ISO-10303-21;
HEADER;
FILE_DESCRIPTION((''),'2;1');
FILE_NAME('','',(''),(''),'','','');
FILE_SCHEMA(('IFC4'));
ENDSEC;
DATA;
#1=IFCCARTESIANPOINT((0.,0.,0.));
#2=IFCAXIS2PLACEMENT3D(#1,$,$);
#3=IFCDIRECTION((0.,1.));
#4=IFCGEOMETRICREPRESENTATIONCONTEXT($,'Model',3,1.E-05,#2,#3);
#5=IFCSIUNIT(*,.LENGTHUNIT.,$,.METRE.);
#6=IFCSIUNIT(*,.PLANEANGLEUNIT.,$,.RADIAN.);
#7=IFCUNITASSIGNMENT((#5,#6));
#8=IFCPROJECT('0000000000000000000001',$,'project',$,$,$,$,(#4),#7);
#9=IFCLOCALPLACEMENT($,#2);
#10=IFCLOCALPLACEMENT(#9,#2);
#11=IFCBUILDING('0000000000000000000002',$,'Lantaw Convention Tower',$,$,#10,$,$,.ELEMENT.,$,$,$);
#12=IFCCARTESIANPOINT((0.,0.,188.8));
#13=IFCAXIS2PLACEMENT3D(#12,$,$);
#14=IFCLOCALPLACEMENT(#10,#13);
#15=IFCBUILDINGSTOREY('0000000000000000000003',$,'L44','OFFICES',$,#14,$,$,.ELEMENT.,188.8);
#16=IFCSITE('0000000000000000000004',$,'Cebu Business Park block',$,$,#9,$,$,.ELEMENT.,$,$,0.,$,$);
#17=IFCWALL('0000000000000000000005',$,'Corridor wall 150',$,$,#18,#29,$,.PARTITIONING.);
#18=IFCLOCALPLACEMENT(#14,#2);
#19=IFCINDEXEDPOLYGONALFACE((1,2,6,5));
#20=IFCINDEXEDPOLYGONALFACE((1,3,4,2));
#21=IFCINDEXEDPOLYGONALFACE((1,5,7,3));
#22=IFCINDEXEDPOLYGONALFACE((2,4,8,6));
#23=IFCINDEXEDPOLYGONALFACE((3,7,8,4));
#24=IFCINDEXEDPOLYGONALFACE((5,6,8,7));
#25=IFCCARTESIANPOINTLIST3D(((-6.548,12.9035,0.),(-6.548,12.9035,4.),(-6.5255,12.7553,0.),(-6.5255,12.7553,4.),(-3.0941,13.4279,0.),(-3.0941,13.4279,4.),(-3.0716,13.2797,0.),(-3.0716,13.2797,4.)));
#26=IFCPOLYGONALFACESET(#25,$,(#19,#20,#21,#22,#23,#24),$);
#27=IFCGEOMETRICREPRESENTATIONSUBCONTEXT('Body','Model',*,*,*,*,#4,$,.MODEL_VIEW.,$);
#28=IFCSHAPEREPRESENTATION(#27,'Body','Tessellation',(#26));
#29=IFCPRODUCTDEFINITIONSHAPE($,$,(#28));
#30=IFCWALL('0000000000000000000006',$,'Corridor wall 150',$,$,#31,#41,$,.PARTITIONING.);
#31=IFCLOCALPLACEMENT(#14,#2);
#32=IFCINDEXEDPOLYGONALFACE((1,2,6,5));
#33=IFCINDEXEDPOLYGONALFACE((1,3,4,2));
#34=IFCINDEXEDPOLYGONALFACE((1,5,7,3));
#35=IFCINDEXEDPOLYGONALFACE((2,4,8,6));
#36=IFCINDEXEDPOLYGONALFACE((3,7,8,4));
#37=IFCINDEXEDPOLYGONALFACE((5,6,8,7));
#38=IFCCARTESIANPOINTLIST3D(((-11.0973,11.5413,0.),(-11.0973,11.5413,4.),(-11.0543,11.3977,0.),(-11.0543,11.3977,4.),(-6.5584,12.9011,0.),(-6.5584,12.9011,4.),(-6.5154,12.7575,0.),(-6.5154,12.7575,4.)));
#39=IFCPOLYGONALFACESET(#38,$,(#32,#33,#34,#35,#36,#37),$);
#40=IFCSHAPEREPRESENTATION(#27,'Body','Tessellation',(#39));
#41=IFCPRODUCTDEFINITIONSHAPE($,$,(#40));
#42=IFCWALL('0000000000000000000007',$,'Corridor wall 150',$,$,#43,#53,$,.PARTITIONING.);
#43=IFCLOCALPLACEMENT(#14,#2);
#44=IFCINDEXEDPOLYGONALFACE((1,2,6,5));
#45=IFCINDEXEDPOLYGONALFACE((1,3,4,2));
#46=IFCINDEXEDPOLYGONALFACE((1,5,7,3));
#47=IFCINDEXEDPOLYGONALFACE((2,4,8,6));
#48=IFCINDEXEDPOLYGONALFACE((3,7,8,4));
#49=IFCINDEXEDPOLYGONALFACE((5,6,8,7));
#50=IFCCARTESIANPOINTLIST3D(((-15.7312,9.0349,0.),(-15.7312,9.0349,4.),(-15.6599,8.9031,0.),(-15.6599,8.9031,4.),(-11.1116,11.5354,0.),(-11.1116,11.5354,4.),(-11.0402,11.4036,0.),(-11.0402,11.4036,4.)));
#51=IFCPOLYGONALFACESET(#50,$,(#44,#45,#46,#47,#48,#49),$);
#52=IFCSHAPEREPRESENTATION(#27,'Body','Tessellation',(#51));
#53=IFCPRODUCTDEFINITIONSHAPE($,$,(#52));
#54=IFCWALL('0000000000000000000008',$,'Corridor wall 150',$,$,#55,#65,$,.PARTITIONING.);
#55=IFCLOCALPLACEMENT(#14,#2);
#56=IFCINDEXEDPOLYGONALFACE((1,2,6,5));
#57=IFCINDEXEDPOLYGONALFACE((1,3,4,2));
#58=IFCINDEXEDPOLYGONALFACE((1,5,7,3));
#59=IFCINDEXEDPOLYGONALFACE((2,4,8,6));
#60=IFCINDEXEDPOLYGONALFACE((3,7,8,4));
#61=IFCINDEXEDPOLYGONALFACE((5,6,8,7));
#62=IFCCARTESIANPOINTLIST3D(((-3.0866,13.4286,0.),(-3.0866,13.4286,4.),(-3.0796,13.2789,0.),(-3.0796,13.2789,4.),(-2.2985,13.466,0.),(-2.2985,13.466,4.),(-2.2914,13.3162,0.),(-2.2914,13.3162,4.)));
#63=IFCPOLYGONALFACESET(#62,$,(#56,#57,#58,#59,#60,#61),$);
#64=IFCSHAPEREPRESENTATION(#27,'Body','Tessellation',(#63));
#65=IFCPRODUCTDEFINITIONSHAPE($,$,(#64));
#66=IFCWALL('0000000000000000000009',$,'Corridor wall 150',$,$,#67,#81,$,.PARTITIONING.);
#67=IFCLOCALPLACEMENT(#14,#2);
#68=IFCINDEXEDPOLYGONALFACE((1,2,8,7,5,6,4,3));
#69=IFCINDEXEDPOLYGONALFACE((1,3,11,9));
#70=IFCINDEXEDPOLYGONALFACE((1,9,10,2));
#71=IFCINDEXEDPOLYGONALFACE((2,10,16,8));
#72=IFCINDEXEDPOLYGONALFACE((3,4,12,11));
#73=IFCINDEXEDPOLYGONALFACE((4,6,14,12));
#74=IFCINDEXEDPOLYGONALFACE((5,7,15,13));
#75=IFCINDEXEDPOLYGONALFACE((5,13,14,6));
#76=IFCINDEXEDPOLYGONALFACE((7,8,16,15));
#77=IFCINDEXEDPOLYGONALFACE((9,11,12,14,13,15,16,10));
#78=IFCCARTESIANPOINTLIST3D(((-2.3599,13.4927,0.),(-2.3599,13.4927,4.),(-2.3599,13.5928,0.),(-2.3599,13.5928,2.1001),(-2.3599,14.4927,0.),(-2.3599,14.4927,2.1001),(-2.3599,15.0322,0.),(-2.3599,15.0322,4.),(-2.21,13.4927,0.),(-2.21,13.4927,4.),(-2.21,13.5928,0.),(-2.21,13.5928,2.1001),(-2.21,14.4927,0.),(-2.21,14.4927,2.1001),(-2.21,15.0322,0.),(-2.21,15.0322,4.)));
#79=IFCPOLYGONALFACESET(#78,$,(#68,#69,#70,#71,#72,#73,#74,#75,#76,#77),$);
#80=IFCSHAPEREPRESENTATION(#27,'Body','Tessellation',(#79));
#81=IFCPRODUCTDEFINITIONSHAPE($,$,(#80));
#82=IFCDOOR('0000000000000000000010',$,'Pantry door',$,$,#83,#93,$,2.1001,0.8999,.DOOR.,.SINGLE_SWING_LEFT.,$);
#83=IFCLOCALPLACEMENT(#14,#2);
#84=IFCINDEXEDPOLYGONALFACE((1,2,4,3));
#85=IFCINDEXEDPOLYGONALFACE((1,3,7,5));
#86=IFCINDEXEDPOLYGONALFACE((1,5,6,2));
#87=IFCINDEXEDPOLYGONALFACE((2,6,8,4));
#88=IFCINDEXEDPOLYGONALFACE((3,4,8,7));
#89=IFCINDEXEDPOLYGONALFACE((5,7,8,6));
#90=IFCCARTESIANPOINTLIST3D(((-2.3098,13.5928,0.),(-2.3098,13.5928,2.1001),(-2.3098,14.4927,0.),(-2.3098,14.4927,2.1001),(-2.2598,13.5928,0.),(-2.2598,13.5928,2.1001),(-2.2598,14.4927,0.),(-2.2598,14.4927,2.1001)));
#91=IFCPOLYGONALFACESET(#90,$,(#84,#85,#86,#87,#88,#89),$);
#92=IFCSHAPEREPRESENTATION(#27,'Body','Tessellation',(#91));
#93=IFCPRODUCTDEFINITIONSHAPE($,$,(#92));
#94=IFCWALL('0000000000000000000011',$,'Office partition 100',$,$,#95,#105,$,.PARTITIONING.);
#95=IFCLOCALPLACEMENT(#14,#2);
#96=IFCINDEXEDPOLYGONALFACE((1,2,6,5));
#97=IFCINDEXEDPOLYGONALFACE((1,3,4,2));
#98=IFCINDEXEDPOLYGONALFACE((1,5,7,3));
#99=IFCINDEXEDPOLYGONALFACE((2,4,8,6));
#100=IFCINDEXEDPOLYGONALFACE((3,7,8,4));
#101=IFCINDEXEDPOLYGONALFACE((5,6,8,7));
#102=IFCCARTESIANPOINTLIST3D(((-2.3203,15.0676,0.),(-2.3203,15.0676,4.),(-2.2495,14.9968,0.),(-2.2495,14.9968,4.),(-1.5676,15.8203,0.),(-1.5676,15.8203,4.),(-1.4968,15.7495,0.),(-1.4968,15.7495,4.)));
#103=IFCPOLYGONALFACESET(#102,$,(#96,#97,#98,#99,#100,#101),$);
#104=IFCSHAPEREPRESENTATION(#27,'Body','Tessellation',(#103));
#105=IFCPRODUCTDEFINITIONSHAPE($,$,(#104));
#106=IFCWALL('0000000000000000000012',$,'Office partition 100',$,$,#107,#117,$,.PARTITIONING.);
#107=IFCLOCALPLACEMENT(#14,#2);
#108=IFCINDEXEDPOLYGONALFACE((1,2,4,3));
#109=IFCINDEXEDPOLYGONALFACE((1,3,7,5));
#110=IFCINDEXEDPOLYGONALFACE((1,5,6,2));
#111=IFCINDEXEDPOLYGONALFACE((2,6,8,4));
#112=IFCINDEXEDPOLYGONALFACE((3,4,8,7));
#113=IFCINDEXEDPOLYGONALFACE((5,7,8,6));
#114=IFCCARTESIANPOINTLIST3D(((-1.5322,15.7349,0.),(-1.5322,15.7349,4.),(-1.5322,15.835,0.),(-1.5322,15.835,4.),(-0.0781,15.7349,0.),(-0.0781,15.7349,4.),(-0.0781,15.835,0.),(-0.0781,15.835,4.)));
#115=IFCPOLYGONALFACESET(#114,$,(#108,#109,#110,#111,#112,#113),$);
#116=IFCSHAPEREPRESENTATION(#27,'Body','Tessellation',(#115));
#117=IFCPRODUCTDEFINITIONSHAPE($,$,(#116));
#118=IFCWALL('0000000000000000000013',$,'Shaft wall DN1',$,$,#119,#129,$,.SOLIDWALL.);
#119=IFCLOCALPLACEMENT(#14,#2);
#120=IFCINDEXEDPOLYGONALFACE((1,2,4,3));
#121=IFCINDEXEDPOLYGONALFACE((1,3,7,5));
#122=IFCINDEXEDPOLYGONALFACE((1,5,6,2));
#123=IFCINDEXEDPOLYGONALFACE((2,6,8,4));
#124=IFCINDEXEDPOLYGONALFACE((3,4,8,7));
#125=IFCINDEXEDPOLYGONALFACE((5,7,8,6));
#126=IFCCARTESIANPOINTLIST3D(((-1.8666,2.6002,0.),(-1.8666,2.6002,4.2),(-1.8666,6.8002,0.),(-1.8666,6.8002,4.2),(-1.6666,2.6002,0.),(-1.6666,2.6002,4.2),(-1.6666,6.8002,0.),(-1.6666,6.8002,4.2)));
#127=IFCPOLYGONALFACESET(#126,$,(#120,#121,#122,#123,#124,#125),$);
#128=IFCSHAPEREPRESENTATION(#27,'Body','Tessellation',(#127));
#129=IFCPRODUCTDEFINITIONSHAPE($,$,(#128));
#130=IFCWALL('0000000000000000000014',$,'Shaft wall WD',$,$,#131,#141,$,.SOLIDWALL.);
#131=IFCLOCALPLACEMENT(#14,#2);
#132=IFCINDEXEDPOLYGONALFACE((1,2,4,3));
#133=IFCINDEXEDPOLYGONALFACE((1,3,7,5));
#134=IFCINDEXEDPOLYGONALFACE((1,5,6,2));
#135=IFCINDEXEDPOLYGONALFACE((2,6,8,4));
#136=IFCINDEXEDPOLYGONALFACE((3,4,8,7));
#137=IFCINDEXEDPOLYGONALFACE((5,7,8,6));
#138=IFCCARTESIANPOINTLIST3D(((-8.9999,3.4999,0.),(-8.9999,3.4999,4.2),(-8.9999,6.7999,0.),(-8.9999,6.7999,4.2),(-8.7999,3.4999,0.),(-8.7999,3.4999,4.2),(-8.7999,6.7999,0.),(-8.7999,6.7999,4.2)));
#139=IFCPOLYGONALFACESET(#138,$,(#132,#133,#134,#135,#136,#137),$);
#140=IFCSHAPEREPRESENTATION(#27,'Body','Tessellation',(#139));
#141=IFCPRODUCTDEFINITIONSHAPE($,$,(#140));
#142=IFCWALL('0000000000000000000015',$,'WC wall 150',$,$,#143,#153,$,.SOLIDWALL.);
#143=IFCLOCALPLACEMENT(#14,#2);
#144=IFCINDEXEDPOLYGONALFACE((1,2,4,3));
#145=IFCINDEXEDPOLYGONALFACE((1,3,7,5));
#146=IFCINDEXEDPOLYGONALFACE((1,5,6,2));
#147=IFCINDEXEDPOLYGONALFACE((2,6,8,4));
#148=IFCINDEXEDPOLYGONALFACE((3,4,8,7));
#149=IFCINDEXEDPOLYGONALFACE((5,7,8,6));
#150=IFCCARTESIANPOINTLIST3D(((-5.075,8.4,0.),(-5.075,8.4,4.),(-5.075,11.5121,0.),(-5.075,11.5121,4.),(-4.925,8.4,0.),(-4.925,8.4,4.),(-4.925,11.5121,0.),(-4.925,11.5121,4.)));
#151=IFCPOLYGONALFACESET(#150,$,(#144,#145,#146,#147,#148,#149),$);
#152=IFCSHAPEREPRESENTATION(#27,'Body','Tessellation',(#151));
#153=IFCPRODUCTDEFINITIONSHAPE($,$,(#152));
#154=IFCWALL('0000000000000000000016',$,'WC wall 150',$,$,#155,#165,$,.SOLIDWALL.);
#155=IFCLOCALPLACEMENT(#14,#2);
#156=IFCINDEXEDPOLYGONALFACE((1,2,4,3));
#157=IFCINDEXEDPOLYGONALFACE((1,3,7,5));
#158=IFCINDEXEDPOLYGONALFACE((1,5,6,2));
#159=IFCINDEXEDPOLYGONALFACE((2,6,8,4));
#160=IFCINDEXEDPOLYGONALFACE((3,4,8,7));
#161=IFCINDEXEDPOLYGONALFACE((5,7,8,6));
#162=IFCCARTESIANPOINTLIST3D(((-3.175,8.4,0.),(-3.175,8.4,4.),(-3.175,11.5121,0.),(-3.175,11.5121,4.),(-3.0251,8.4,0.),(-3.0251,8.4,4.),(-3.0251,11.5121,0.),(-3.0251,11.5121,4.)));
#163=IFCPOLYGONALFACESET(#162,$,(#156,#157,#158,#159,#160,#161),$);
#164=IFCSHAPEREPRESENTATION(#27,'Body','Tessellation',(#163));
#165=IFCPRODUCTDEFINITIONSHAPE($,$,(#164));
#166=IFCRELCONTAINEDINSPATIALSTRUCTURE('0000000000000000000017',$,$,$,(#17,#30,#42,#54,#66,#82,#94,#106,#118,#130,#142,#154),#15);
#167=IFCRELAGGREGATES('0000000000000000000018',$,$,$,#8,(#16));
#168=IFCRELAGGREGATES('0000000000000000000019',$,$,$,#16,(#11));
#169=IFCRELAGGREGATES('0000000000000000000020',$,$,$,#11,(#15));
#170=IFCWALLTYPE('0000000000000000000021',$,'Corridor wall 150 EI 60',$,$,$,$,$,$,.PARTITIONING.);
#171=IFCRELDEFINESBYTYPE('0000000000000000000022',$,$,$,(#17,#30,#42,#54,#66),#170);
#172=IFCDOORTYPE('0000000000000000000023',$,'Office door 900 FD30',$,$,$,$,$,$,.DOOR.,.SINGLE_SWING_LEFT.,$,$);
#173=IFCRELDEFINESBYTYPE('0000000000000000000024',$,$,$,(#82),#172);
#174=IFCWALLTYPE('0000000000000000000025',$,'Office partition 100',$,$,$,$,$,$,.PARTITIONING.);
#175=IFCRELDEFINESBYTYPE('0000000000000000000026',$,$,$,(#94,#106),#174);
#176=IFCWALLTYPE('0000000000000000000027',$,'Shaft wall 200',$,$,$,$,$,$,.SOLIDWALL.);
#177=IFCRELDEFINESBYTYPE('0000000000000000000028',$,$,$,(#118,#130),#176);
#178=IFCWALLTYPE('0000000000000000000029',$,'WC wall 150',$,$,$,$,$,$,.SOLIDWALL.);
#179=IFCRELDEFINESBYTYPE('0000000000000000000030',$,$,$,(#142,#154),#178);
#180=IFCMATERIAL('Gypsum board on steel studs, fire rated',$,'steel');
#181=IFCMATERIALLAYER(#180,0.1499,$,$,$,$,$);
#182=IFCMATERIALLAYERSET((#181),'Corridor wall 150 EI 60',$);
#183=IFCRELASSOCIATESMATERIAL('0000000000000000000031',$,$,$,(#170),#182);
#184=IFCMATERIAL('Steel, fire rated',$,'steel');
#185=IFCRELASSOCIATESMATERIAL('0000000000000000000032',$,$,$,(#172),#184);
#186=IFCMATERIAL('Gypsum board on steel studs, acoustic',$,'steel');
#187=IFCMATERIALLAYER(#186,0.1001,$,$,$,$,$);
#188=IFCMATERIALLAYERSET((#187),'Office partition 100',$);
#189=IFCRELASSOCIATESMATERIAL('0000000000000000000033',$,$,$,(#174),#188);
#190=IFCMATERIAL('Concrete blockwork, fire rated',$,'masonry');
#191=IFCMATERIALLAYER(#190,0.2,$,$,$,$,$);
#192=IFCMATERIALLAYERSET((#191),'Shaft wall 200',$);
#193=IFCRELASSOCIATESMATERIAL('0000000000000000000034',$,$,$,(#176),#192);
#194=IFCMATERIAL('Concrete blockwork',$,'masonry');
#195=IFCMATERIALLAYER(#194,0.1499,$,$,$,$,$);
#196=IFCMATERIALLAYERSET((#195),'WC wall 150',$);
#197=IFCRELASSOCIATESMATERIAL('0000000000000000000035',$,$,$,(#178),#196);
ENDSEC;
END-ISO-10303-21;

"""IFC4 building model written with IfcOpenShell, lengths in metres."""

from ifc_helpers import new_model, si_unit, direction, frame, frame_2d, origin, place, context, subcontext, project, spatial, rectangle, extrude, material, layer, layer_set, type_object, element, fill, save


model = new_model("IFC4")

# Units and contexts
model_context = context("Model", 3, precision=1e-05, world=origin(), true_north=direction((0.0, 1.0)))
body_context = subcontext(model_context, "Body", "Model", "MODEL_VIEW")
ifc_project = project(units=[si_unit("LENGTHUNIT", "METRE"), si_unit("PLANEANGLEUNIT", "RADIAN")], contexts=[model_context])

# Site, building, storey
site_placement = place(None, origin())
site = spatial("IfcSite", under=ifc_project, at=site_placement, Name="Cebu Business Park block", CompositionType="ELEMENT", RefElevation=0.0)
building_placement = place(site_placement, origin())
building = spatial("IfcBuilding", under=site, at=building_placement, Name="Lantaw Convention Tower", CompositionType="ELEMENT")
storey_placement = place(building_placement, frame((0.0, 0.0, 188.8)))
storey = spatial("IfcBuildingStorey", under=building, at=storey_placement, Name="L44", Description="OFFICES", CompositionType="ELEMENT", Elevation=188.8)

# Shared definitions
ifc_material_1 = material(Name="Steel, fire rated", Category="steel")

# Walls
ifc_material_2 = material(Name="Gypsum board on steel studs, fire rated", Category="steel")
ifc_layer_1 = layer(ifc_material_2, 0.1499)
ifc_layer_set_1 = layer_set([ifc_layer_1], Name="Corridor wall 150 EI 60")
wall_type_1 = type_object("IfcWallType", Name="Corridor wall 150 EI 60", PredefinedType="PARTITIONING", material=ifc_layer_set_1)
wall_1_placement = place(storey_placement, frame((-3.083, 13.3538, 0.0), z_axis=(0.0, 0.0, 1.0), x_axis=(-0.988669, -0.150114, 0.0)))
element("IfcWall", 1, at=wall_1_placement, inside=storey, type_object=wall_type_1, Name="Corridor wall 150", PredefinedType="PARTITIONING", context=body_context, shape_type="SweptSolid", body=[
    extrude(rectangle(XDim=3.4934, YDim=0.1499, at=frame_2d((1.7466, 0.0))), origin(), (0.0, 0.0, 1.0), 4.0),
])
wall_2_placement = place(storey_placement, frame((-6.5369, 12.8293, 0.0), z_axis=(0.0, 0.0, 1.0), x_axis=(-0.957934, -0.286989, 0.0)))
element("IfcWall", 2, at=wall_2_placement, inside=storey, type_object=wall_type_1, Name="Corridor wall 150", PredefinedType="PARTITIONING", context=body_context, shape_type="SweptSolid", body=[
    extrude(rectangle(XDim=4.7383, YDim=0.1499, at=frame_2d((2.3691, 0.0))), origin(), (0.0, 0.0, 1.0), 4.0),
])
wall_3_placement = place(storey_placement, frame((-11.0759, 11.4695, 0.0), z_axis=(0.0, 0.0, 1.0), x_axis=(-0.879436, -0.476017, 0.0)))
element("IfcWall", 3, at=wall_3_placement, inside=storey, type_object=wall_type_1, Name="Corridor wall 150", PredefinedType="PARTITIONING", context=body_context, shape_type="SweptSolid", body=[
    extrude(rectangle(XDim=5.2529, YDim=0.1499, at=frame_2d((2.6265, 0.0))), origin(), (0.0, 0.0, 1.0), 4.0),
])
wall_4_placement = place(storey_placement, frame((-2.2949, 13.3911, 0.0), z_axis=(0.0, 0.0, 1.0), x_axis=(-0.998879, -0.047345, 0.0)))
element("IfcWall", 4, at=wall_4_placement, inside=storey, type_object=wall_type_1, Name="Corridor wall 150", PredefinedType="PARTITIONING", context=body_context, shape_type="SweptSolid", body=[
    extrude(rectangle(XDim=0.7891, YDim=0.1499, at=frame_2d((0.3945, 0.0))), origin(), (0.0, 0.0, 1.0), 4.0),
])

# Wall, opening, door
wall_5_placement = place(storey_placement, frame((-2.2849, 13.4927, 0.0), z_axis=(0.0, 0.0, 1.0), x_axis=(0.0, 1.0, 0.0)))
wall_5 = element("IfcWall", 5, at=wall_5_placement, inside=storey, type_object=wall_type_1, Name="Corridor wall 150", PredefinedType="PARTITIONING", context=body_context, shape_type="SweptSolid", body=[
    extrude(rectangle(XDim=1.5396, YDim=0.1499, at=frame_2d((0.7698, 0.0))), origin(), (0.0, 0.0, 1.0), 4.0),
])
opening_1_placement = place(wall_5_placement, frame((0.1001, 0.0, 0.0)))
opening_1 = element("IfcOpeningElement", 6, at=opening_1_placement, cuts=wall_5, PredefinedType="OPENING", context=body_context, shape_type="SweptSolid", body=[
    extrude(rectangle(XDim=0.8999, YDim=2.1001, at=frame_2d((0.45, 1.05))), frame((0.0, 0.085, 0.0), z_axis=(0.0, -1.0, 0.0), x_axis=(1.0, 0.0, 0.0)), (0.0, 0.0, 1.0), 0.1699),
])
door_type_1 = type_object("IfcDoorType", Name="Office door 900 FD30", OperationType="SINGLE_SWING_LEFT", PredefinedType="DOOR", material=ifc_material_1)
door_1_placement = place(opening_1_placement, origin())
door_1 = element("IfcDoor", 7, at=door_1_placement, inside=storey, type_object=door_type_1, Name="Pantry door", OperationType="SINGLE_SWING_LEFT", OverallHeight=2.1001, OverallWidth=0.8999, PredefinedType="DOOR", context=body_context, shape_type="SweptSolid", body=[
    extrude(rectangle(XDim=0.8999, YDim=2.1001, at=frame_2d((0.45, 1.05))), frame((0.0, 0.0249, 0.0), z_axis=(0.0, -1.0, 0.0), x_axis=(1.0, 0.0, 0.0)), (0.0, 0.0, 1.0), 0.05),
])
fill(opening_1, door_1)

# Walls
ifc_material_3 = material(Name="Gypsum board on steel studs, acoustic", Category="steel")
ifc_layer_2 = layer(ifc_material_3, 0.1001)
ifc_layer_set_2 = layer_set([ifc_layer_2], Name="Office partition 100")
wall_type_2 = type_object("IfcWallType", Name="Office partition 100", PredefinedType="PARTITIONING", material=ifc_layer_set_2)
wall_6_placement = place(storey_placement, frame((-2.2849, 15.0322, 0.0), z_axis=(0.0, 0.0, 1.0), x_axis=(0.707107, 0.707107, 0.0)))
element("IfcWall", 8, at=wall_6_placement, inside=storey, type_object=wall_type_2, Name="Office partition 100", PredefinedType="PARTITIONING", context=body_context, shape_type="SweptSolid", body=[
    extrude(rectangle(XDim=1.0645, YDim=0.1001, at=frame_2d((0.5322, 0.0))), origin(), (0.0, 0.0, 1.0), 4.0),
])
wall_7_placement = place(storey_placement, frame((-1.5322, 15.7849, 0.0), z_axis=(0.0, 0.0, 1.0), x_axis=(1.0, 0.0, 0.0)))
element("IfcWall", 9, at=wall_7_placement, inside=storey, type_object=wall_type_2, Name="Office partition 100", PredefinedType="PARTITIONING", context=body_context, shape_type="SweptSolid", body=[
    extrude(rectangle(XDim=1.4541, YDim=0.1001, at=frame_2d((0.7271, 0.0))), origin(), (0.0, 0.0, 1.0), 4.0),
])
ifc_material_4 = material(Name="Concrete blockwork, fire rated", Category="masonry")
ifc_layer_3 = layer(ifc_material_4, 0.2)
ifc_layer_set_3 = layer_set([ifc_layer_3], Name="Shaft wall 200")
wall_type_3 = type_object("IfcWallType", Name="Shaft wall 200", PredefinedType="SOLIDWALL", material=ifc_layer_set_3)
wall_8_placement = place(storey_placement, frame((-1.7666, 2.6001, 0.0), z_axis=(0.0, 0.0, 1.0), x_axis=(0.0, 1.0, 0.0)))
element("IfcWall", 10, at=wall_8_placement, inside=storey, type_object=wall_type_3, Name="Shaft wall DN1", PredefinedType="SOLIDWALL", context=body_context, shape_type="SweptSolid", body=[
    extrude(rectangle(XDim=4.2, YDim=0.2, at=frame_2d((2.1001, 0.0))), origin(), (0.0, 0.0, 1.0), 4.2),
])
wall_9_placement = place(storey_placement, frame((-8.8999, 3.5, 0.0), z_axis=(0.0, 0.0, 1.0), x_axis=(0.0, 1.0, 0.0)))
element("IfcWall", 11, at=wall_9_placement, inside=storey, type_object=wall_type_3, Name="Shaft wall WD", PredefinedType="SOLIDWALL", context=body_context, shape_type="SweptSolid", body=[
    extrude(rectangle(XDim=3.3, YDim=0.2, at=frame_2d((1.6499, 0.0))), origin(), (0.0, 0.0, 1.0), 4.2),
])
ifc_material_5 = material(Name="Concrete blockwork", Category="masonry")
ifc_layer_4 = layer(ifc_material_5, 0.1499)
ifc_layer_set_4 = layer_set([ifc_layer_4], Name="WC wall 150")
wall_type_4 = type_object("IfcWallType", Name="WC wall 150", PredefinedType="SOLIDWALL", material=ifc_layer_set_4)
for number, where, z_axis, x_axis, name in (
    (12, (-5.0, 8.3999, 0.0), (0.0, 0.0, 1.0), (0.0, 1.0, 0.0), "WC wall 150"),
    (13, (-3.1001, 8.3999, 0.0), (0.0, 0.0, 1.0), (0.0, 1.0, 0.0), "WC wall 150"),
):
    element("IfcWall", number, at=place(storey_placement, frame(where, z_axis=z_axis, x_axis=x_axis)), inside=storey, type_object=wall_type_4, Name=name, PredefinedType="SOLIDWALL", context=body_context, shape_type="SweptSolid", body=[
        extrude(rectangle(XDim=3.1121, YDim=0.1499, at=frame_2d((1.5562, 0.0))), origin(), (0.0, 0.0, 1.0), 4.0),
    ])

save(model, "model.ifc")
